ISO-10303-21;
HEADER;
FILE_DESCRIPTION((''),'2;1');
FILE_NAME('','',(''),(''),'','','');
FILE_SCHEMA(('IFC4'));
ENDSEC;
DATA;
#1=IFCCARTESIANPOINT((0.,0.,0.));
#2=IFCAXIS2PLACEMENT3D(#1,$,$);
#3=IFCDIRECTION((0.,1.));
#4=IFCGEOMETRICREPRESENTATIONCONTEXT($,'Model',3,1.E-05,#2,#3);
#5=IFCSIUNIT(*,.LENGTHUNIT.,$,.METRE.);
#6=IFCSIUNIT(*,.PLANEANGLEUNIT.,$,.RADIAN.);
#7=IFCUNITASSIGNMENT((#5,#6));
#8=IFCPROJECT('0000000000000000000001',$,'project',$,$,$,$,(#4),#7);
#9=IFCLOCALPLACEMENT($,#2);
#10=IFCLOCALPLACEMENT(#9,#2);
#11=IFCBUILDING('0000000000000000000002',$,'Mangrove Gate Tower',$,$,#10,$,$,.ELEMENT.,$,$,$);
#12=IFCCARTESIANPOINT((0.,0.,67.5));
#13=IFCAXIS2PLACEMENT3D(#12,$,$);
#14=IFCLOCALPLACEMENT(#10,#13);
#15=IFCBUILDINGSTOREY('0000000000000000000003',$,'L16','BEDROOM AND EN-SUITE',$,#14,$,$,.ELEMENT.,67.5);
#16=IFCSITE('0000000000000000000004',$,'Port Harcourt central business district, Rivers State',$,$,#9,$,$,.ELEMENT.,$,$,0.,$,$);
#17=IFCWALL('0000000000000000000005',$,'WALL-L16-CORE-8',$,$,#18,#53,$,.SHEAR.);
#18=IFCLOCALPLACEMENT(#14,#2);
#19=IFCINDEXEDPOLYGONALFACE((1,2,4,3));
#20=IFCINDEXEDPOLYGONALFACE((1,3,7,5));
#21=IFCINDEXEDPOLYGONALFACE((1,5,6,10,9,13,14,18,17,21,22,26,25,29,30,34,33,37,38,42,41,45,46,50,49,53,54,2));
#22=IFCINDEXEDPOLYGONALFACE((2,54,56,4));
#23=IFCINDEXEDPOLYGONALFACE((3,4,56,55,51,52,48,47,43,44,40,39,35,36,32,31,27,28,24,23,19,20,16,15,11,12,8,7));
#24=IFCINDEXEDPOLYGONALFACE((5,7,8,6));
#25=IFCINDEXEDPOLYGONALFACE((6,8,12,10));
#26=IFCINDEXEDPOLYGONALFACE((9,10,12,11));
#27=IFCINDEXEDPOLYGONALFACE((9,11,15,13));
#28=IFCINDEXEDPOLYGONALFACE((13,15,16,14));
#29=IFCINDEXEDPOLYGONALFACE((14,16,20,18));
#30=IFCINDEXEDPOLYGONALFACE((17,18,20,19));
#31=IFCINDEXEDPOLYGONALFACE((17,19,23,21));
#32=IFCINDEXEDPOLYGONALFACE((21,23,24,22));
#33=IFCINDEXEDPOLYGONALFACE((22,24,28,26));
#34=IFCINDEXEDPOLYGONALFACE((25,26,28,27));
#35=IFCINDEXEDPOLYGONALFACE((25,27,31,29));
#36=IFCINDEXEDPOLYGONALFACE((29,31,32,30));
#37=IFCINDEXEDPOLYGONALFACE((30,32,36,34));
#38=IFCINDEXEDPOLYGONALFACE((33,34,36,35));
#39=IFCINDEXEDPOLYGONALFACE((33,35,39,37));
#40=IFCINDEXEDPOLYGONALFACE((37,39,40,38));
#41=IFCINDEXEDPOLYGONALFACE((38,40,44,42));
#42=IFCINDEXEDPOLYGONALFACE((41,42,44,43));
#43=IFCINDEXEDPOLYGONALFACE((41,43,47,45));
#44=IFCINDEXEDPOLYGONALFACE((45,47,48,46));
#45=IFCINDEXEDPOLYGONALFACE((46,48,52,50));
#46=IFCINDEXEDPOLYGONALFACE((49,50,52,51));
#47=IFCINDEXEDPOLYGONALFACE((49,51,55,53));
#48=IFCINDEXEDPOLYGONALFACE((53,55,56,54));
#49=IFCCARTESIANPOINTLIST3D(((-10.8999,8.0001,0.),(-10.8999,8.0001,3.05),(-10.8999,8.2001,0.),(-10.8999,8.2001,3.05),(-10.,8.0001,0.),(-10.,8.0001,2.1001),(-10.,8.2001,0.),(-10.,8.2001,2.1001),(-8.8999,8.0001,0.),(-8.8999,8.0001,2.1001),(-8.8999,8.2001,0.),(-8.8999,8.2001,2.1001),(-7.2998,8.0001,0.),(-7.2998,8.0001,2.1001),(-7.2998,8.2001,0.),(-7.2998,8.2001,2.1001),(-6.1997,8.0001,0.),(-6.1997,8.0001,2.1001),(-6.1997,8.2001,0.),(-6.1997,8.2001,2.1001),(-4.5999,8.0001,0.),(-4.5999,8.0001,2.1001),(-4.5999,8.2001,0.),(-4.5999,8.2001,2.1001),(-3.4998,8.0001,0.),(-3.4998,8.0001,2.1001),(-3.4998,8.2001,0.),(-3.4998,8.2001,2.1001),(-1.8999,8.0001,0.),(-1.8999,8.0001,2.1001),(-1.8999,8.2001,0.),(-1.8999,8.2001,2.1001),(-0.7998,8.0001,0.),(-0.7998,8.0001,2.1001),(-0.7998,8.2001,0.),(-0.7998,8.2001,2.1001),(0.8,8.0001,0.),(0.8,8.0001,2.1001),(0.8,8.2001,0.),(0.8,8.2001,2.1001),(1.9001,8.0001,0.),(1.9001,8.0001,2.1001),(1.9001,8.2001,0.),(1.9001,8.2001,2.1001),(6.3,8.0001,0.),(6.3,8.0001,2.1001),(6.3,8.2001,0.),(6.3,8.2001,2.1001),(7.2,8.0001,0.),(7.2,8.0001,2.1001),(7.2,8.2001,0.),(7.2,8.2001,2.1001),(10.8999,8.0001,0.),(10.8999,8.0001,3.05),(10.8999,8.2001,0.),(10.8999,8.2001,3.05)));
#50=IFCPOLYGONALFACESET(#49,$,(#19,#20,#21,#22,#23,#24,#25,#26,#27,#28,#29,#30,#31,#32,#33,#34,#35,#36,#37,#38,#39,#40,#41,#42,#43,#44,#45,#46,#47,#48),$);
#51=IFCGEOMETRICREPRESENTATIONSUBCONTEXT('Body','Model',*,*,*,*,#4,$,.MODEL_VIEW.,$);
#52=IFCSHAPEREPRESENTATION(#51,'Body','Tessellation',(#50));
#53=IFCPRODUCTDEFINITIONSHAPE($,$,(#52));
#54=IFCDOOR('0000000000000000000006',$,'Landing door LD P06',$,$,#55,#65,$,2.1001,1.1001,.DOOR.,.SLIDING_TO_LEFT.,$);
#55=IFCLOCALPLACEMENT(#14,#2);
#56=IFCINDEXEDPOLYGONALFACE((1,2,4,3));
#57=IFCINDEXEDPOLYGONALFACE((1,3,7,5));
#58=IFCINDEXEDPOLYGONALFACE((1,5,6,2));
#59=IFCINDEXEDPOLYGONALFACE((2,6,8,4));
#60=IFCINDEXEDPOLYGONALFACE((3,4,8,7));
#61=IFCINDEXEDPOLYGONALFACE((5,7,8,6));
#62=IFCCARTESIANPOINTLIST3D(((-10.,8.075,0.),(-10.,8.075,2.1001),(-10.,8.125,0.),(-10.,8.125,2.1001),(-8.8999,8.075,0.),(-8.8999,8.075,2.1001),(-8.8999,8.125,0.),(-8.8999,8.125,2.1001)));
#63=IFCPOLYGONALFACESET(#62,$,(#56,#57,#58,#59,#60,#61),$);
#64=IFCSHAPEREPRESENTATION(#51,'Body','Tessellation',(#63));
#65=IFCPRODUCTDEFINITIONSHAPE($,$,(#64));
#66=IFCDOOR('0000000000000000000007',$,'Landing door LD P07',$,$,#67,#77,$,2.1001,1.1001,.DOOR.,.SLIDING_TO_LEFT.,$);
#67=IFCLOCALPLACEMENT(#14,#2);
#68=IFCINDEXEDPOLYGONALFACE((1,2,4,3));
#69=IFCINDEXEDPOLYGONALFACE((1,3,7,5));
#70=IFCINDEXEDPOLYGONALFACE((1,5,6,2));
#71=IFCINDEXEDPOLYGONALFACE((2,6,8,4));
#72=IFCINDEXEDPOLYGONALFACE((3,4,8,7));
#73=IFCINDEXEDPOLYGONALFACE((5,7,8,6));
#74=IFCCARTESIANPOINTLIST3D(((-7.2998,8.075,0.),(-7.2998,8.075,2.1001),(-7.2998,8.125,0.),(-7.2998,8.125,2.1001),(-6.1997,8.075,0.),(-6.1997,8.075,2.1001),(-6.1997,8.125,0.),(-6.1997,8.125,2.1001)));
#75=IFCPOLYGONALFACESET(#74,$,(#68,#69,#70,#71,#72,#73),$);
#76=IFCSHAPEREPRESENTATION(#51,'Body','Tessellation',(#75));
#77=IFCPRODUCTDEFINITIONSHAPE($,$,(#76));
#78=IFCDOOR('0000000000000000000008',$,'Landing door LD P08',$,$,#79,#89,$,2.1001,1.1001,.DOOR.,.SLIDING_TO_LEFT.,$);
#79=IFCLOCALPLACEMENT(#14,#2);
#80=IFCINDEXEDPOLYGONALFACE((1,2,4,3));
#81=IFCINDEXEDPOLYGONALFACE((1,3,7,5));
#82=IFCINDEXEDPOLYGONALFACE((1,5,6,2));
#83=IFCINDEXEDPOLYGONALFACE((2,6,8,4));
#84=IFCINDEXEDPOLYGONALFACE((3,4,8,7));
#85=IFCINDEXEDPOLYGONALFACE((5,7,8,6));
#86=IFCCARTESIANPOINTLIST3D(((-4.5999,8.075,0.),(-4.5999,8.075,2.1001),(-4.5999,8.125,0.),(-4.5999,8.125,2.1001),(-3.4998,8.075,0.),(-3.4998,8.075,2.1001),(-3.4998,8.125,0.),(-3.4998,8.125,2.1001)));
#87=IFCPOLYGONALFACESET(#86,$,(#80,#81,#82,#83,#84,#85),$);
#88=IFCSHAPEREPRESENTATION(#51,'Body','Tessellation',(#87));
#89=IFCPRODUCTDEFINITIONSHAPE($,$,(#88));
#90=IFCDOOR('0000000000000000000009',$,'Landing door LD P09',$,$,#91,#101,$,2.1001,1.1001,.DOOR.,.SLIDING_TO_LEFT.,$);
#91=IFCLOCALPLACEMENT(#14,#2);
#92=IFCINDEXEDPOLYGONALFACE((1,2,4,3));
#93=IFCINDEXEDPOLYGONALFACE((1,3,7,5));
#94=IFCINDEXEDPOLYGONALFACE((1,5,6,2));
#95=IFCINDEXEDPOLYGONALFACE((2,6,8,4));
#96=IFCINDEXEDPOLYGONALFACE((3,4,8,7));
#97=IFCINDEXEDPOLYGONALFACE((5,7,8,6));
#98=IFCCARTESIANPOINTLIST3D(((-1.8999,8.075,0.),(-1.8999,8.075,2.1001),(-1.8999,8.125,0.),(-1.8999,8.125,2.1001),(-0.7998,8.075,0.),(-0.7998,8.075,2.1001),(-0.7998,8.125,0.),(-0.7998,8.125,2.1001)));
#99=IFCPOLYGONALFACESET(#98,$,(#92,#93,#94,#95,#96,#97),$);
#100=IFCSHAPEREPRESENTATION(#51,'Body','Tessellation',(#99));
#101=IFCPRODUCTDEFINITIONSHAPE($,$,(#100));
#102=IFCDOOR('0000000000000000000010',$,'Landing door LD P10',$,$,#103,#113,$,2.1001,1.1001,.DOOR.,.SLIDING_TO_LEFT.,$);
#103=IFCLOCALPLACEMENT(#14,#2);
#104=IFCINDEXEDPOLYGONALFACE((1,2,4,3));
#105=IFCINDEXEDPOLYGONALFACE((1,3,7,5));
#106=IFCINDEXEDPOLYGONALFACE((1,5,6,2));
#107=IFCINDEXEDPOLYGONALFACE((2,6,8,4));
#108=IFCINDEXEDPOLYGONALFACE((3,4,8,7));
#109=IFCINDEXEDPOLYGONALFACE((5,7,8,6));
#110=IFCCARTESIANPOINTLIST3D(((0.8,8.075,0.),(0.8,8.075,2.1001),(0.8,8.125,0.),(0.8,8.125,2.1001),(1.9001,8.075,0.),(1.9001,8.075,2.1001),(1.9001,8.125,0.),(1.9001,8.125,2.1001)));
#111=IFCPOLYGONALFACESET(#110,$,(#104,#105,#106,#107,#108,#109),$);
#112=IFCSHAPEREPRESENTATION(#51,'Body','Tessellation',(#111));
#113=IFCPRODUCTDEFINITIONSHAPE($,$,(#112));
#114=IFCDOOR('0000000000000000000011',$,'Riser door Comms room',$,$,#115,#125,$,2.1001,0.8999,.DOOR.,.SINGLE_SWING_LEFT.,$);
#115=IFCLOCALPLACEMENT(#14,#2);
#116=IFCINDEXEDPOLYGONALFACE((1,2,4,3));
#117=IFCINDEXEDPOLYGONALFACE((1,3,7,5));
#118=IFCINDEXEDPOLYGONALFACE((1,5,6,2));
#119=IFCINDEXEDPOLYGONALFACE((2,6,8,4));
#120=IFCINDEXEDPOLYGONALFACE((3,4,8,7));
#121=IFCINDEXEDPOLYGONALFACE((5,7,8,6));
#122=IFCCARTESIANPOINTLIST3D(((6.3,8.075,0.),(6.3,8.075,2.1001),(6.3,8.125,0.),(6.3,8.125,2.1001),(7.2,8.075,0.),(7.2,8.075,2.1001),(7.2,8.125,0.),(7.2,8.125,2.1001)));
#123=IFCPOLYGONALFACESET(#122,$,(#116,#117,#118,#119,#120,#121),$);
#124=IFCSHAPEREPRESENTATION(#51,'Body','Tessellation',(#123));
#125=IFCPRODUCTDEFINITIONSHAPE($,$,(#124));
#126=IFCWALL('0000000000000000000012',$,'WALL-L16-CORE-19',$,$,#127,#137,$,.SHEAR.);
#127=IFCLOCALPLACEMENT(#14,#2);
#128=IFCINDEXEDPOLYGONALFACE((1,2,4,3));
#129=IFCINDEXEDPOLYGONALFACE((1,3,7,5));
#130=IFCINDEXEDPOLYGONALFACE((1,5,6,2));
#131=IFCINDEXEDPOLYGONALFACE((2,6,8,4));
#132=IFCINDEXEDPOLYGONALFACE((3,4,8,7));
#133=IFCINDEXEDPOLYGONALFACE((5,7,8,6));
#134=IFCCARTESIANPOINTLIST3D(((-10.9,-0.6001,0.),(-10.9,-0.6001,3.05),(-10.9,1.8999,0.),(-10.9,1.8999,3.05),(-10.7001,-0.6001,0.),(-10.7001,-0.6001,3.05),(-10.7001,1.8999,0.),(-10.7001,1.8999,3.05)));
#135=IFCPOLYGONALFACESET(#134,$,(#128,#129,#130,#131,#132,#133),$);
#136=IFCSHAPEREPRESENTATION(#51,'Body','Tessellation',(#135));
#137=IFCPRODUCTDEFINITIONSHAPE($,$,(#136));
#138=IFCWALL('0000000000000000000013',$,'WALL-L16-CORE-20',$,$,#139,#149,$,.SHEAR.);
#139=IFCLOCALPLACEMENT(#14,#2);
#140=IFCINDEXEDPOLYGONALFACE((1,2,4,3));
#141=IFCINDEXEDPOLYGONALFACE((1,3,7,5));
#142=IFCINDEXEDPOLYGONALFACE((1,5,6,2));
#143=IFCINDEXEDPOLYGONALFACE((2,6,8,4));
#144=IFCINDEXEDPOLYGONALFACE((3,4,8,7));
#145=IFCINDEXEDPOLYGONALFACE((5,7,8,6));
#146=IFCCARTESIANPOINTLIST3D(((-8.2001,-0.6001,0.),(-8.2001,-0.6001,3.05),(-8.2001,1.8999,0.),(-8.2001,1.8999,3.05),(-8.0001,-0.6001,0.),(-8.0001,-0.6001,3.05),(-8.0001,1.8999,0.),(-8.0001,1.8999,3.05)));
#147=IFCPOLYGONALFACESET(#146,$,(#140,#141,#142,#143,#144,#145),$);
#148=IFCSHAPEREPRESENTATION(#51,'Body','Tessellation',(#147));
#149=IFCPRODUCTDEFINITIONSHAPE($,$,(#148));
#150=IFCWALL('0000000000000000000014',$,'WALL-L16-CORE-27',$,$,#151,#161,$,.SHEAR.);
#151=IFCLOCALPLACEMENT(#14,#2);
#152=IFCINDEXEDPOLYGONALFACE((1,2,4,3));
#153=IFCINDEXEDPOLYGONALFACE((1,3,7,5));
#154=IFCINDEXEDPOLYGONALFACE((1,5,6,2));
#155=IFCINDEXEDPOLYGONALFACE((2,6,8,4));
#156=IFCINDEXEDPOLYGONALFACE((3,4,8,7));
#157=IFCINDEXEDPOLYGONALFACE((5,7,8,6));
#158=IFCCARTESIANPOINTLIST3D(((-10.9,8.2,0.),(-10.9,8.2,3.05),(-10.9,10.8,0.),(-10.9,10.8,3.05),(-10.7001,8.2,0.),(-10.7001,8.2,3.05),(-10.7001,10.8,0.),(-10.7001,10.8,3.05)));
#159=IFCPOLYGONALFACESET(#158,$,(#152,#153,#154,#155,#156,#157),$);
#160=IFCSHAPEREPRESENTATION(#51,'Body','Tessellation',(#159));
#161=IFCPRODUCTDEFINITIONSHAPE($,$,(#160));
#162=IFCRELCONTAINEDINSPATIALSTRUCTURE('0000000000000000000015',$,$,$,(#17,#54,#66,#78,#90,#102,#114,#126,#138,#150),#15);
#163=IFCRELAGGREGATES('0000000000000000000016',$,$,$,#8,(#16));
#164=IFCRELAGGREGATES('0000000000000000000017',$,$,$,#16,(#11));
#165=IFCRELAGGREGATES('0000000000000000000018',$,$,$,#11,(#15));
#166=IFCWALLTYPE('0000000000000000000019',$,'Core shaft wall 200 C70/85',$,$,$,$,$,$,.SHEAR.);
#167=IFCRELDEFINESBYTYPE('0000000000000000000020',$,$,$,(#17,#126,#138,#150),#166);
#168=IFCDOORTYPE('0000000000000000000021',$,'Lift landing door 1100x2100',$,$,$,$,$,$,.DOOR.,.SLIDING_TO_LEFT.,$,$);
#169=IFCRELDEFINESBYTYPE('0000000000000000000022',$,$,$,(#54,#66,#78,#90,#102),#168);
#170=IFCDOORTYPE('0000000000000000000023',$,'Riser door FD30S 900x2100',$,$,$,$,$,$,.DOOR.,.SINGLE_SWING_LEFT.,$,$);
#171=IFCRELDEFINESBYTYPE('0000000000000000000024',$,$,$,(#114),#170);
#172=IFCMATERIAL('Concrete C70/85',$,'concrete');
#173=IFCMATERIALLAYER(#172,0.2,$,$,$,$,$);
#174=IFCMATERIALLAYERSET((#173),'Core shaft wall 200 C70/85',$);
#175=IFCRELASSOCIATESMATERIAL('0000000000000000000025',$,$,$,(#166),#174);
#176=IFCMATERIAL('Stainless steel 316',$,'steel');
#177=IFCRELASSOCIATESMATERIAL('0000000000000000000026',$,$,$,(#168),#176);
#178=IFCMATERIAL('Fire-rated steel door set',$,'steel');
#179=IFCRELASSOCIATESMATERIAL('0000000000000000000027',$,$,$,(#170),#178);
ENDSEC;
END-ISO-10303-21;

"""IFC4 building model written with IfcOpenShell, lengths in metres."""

from ifc_helpers import new_model, si_unit, direction, frame, frame_2d, origin, place, context, subcontext, project, spatial, rectangle, extrude, material, layer, layer_set, type_object, element, fill, save


model = new_model("IFC4")

# Units and contexts
model_context = context("Model", 3, precision=1e-05, world=origin(), true_north=direction((0.0, 1.0)))
body_context = subcontext(model_context, "Body", "Model", "MODEL_VIEW")
ifc_project = project(units=[si_unit("LENGTHUNIT", "METRE"), si_unit("PLANEANGLEUNIT", "RADIAN")], contexts=[model_context])

# Site, building, storey
site_placement = place(None, origin())
site = spatial("IfcSite", under=ifc_project, at=site_placement, Name="Port Harcourt central business district, Rivers State", CompositionType="ELEMENT", RefElevation=0.0)
building_placement = place(site_placement, origin())
building = spatial("IfcBuilding", under=site, at=building_placement, Name="Mangrove Gate Tower", CompositionType="ELEMENT")
storey_placement = place(building_placement, frame((0.0, 0.0, 67.5)))
storey = spatial("IfcBuildingStorey", under=building, at=storey_placement, Name="L16", Description="BEDROOM AND EN-SUITE", CompositionType="ELEMENT", Elevation=67.5)

# Wall, openings, doors
ifc_material_1 = material(Name="Concrete C70/85", Category="concrete")
ifc_layer = layer(ifc_material_1, 0.2)
ifc_layer_set = layer_set([ifc_layer], Name="Core shaft wall 200 C70/85")
wall_type = type_object("IfcWallType", Name="Core shaft wall 200 C70/85", PredefinedType="SHEAR", material=ifc_layer_set)
ifc_material_2 = material(Name="Stainless steel 316", Category="steel")
door_type_1 = type_object("IfcDoorType", Name="Lift landing door 1100x2100", OperationType="SLIDING_TO_LEFT", PredefinedType="DOOR", material=ifc_material_2)
ifc_material_3 = material(Name="Fire-rated steel door set", Category="steel")
door_type_2 = type_object("IfcDoorType", Name="Riser door FD30S 900x2100", OperationType="SINGLE_SWING_LEFT", PredefinedType="DOOR", material=ifc_material_3)
wall_1_placement = place(storey_placement, frame((-10.8999, 8.1001, 0.0), z_axis=(0.0, 0.0, 1.0), x_axis=(1.0, 0.0, 0.0)))
wall_1 = element("IfcWall", 1, at=wall_1_placement, inside=storey, type_object=wall_type, Name="WALL-L16-CORE-8", PredefinedType="SHEAR", context=body_context, shape_type="SweptSolid", body=[
    extrude(rectangle(XDim=21.7998, YDim=0.2, at=frame_2d((10.8999, 0.0))), origin(), (0.0, 0.0, 1.0), 3.05),
])
opening_1_placement = place(wall_1_placement, frame((0.8999, 0.0, 0.0)))
opening_1 = element("IfcOpeningElement", 2, at=opening_1_placement, cuts=wall_1, PredefinedType="OPENING", context=body_context, shape_type="SweptSolid", body=[
    extrude(rectangle(XDim=1.1001, YDim=2.1001, at=frame_2d((0.55, 1.05))), frame((0.0, 0.1099, 0.0), z_axis=(0.0, -1.0, 0.0), x_axis=(1.0, 0.0, 0.0)), (0.0, 0.0, 1.0), 0.22),
])
opening_2_placement = place(wall_1_placement, frame((3.6001, 0.0, 0.0)))
opening_2 = element("IfcOpeningElement", 3, at=opening_2_placement, cuts=wall_1, PredefinedType="OPENING", context=body_context, shape_type="SweptSolid", body=[
    extrude(rectangle(XDim=1.1001, YDim=2.1001, at=frame_2d((0.55, 1.05))), frame((0.0, 0.1099, 0.0), z_axis=(0.0, -1.0, 0.0), x_axis=(1.0, 0.0, 0.0)), (0.0, 0.0, 1.0), 0.22),
])
opening_3_placement = place(wall_1_placement, frame((6.3, 0.0, 0.0)))
opening_3 = element("IfcOpeningElement", 4, at=opening_3_placement, cuts=wall_1, PredefinedType="OPENING", context=body_context, shape_type="SweptSolid", body=[
    extrude(rectangle(XDim=1.1001, YDim=2.1001, at=frame_2d((0.55, 1.05))), frame((0.0, 0.1099, 0.0), z_axis=(0.0, -1.0, 0.0), x_axis=(1.0, 0.0, 0.0)), (0.0, 0.0, 1.0), 0.22),
])
opening_4_placement = place(wall_1_placement, frame((9.0, 0.0, 0.0)))
opening_4 = element("IfcOpeningElement", 5, at=opening_4_placement, cuts=wall_1, PredefinedType="OPENING", context=body_context, shape_type="SweptSolid", body=[
    extrude(rectangle(XDim=1.1001, YDim=2.1001, at=frame_2d((0.55, 1.05))), frame((0.0, 0.1099, 0.0), z_axis=(0.0, -1.0, 0.0), x_axis=(1.0, 0.0, 0.0)), (0.0, 0.0, 1.0), 0.22),
])
opening_5_placement = place(wall_1_placement, frame((11.7, 0.0, 0.0)))
opening_5 = element("IfcOpeningElement", 6, at=opening_5_placement, cuts=wall_1, PredefinedType="OPENING", context=body_context, shape_type="SweptSolid", body=[
    extrude(rectangle(XDim=1.1001, YDim=2.1001, at=frame_2d((0.55, 1.05))), frame((0.0, 0.1099, 0.0), z_axis=(0.0, -1.0, 0.0), x_axis=(1.0, 0.0, 0.0)), (0.0, 0.0, 1.0), 0.22),
])
opening_6_placement = place(wall_1_placement, frame((17.2, 0.0, 0.0)))
opening_6 = element("IfcOpeningElement", 7, at=opening_6_placement, cuts=wall_1, PredefinedType="OPENING", context=body_context, shape_type="SweptSolid", body=[
    extrude(rectangle(XDim=0.8999, YDim=2.1001, at=frame_2d((0.45, 1.05))), frame((0.0, 0.1099, 0.0), z_axis=(0.0, -1.0, 0.0), x_axis=(1.0, 0.0, 0.0)), (0.0, 0.0, 1.0), 0.22),
])
door_1_placement = place(opening_1_placement, origin())
door_1 = element("IfcDoor", 8, at=door_1_placement, inside=storey, type_object=door_type_1, Name="Landing door LD P06", OperationType="SLIDING_TO_LEFT", OverallHeight=2.1001, OverallWidth=1.1001, PredefinedType="DOOR", context=body_context, shape_type="SweptSolid", body=[
    extrude(rectangle(XDim=1.1001, YDim=2.1001, at=frame_2d((0.55, 1.05))), frame((0.0, 0.0249, 0.0), z_axis=(0.0, -1.0, 0.0), x_axis=(1.0, 0.0, 0.0)), (0.0, 0.0, 1.0), 0.05),
])
fill(opening_1, door_1)
door_2_placement = place(opening_2_placement, origin())
door_2 = element("IfcDoor", 9, at=door_2_placement, inside=storey, type_object=door_type_1, Name="Landing door LD P07", OperationType="SLIDING_TO_LEFT", OverallHeight=2.1001, OverallWidth=1.1001, PredefinedType="DOOR", context=body_context, shape_type="SweptSolid", body=[
    extrude(rectangle(XDim=1.1001, YDim=2.1001, at=frame_2d((0.55, 1.05))), frame((0.0, 0.0249, 0.0), z_axis=(0.0, -1.0, 0.0), x_axis=(1.0, 0.0, 0.0)), (0.0, 0.0, 1.0), 0.05),
])
fill(opening_2, door_2)
door_3_placement = place(opening_3_placement, origin())
door_3 = element("IfcDoor", 10, at=door_3_placement, inside=storey, type_object=door_type_1, Name="Landing door LD P08", OperationType="SLIDING_TO_LEFT", OverallHeight=2.1001, OverallWidth=1.1001, PredefinedType="DOOR", context=body_context, shape_type="SweptSolid", body=[
    extrude(rectangle(XDim=1.1001, YDim=2.1001, at=frame_2d((0.55, 1.05))), frame((0.0, 0.0249, 0.0), z_axis=(0.0, -1.0, 0.0), x_axis=(1.0, 0.0, 0.0)), (0.0, 0.0, 1.0), 0.05),
])
fill(opening_3, door_3)
door_4_placement = place(opening_4_placement, origin())
door_4 = element("IfcDoor", 11, at=door_4_placement, inside=storey, type_object=door_type_1, Name="Landing door LD P09", OperationType="SLIDING_TO_LEFT", OverallHeight=2.1001, OverallWidth=1.1001, PredefinedType="DOOR", context=body_context, shape_type="SweptSolid", body=[
    extrude(rectangle(XDim=1.1001, YDim=2.1001, at=frame_2d((0.55, 1.05))), frame((0.0, 0.0249, 0.0), z_axis=(0.0, -1.0, 0.0), x_axis=(1.0, 0.0, 0.0)), (0.0, 0.0, 1.0), 0.05),
])
fill(opening_4, door_4)
door_5_placement = place(opening_5_placement, origin())
door_5 = element("IfcDoor", 12, at=door_5_placement, inside=storey, type_object=door_type_1, Name="Landing door LD P10", OperationType="SLIDING_TO_LEFT", OverallHeight=2.1001, OverallWidth=1.1001, PredefinedType="DOOR", context=body_context, shape_type="SweptSolid", body=[
    extrude(rectangle(XDim=1.1001, YDim=2.1001, at=frame_2d((0.55, 1.05))), frame((0.0, 0.0249, 0.0), z_axis=(0.0, -1.0, 0.0), x_axis=(1.0, 0.0, 0.0)), (0.0, 0.0, 1.0), 0.05),
])
fill(opening_5, door_5)
door_6_placement = place(opening_6_placement, origin())
door_6 = element("IfcDoor", 13, at=door_6_placement, inside=storey, type_object=door_type_2, Name="Riser door Comms room", OperationType="SINGLE_SWING_LEFT", OverallHeight=2.1001, OverallWidth=0.8999, PredefinedType="DOOR", context=body_context, shape_type="SweptSolid", body=[
    extrude(rectangle(XDim=0.8999, YDim=2.1001, at=frame_2d((0.45, 1.05))), frame((0.0, 0.0249, 0.0), z_axis=(0.0, -1.0, 0.0), x_axis=(1.0, 0.0, 0.0)), (0.0, 0.0, 1.0), 0.05),
])
fill(opening_6, door_6)

# Walls
for number, where, z_axis, x_axis, name in (
    (14, (-10.8, -0.6001, 0.0), (0.0, 0.0, 1.0), (0.0, 1.0, 0.0), "WALL-L16-CORE-19"),
    (15, (-8.1001, -0.6001, 0.0), (0.0, 0.0, 1.0), (0.0, 1.0, 0.0), "WALL-L16-CORE-20"),
):
    element("IfcWall", number, at=place(storey_placement, frame(where, z_axis=z_axis, x_axis=x_axis)), inside=storey, type_object=wall_type, Name=name, PredefinedType="SHEAR", context=body_context, shape_type="SweptSolid", body=[
        extrude(rectangle(XDim=2.5, YDim=0.2, at=frame_2d((1.25, 0.0))), origin(), (0.0, 0.0, 1.0), 3.05),
    ])
wall_2_placement = place(storey_placement, frame((-10.8, 8.2, 0.0), z_axis=(0.0, 0.0, 1.0), x_axis=(0.0, 1.0, 0.0)))
element("IfcWall", 16, at=wall_2_placement, inside=storey, type_object=wall_type, Name="WALL-L16-CORE-27", PredefinedType="SHEAR", context=body_context, shape_type="SweptSolid", body=[
    extrude(rectangle(XDim=2.6001, YDim=0.2, at=frame_2d((1.3, 0.0))), origin(), (0.0, 0.0, 1.0), 3.05),
])

save(model, "model.ifc")
